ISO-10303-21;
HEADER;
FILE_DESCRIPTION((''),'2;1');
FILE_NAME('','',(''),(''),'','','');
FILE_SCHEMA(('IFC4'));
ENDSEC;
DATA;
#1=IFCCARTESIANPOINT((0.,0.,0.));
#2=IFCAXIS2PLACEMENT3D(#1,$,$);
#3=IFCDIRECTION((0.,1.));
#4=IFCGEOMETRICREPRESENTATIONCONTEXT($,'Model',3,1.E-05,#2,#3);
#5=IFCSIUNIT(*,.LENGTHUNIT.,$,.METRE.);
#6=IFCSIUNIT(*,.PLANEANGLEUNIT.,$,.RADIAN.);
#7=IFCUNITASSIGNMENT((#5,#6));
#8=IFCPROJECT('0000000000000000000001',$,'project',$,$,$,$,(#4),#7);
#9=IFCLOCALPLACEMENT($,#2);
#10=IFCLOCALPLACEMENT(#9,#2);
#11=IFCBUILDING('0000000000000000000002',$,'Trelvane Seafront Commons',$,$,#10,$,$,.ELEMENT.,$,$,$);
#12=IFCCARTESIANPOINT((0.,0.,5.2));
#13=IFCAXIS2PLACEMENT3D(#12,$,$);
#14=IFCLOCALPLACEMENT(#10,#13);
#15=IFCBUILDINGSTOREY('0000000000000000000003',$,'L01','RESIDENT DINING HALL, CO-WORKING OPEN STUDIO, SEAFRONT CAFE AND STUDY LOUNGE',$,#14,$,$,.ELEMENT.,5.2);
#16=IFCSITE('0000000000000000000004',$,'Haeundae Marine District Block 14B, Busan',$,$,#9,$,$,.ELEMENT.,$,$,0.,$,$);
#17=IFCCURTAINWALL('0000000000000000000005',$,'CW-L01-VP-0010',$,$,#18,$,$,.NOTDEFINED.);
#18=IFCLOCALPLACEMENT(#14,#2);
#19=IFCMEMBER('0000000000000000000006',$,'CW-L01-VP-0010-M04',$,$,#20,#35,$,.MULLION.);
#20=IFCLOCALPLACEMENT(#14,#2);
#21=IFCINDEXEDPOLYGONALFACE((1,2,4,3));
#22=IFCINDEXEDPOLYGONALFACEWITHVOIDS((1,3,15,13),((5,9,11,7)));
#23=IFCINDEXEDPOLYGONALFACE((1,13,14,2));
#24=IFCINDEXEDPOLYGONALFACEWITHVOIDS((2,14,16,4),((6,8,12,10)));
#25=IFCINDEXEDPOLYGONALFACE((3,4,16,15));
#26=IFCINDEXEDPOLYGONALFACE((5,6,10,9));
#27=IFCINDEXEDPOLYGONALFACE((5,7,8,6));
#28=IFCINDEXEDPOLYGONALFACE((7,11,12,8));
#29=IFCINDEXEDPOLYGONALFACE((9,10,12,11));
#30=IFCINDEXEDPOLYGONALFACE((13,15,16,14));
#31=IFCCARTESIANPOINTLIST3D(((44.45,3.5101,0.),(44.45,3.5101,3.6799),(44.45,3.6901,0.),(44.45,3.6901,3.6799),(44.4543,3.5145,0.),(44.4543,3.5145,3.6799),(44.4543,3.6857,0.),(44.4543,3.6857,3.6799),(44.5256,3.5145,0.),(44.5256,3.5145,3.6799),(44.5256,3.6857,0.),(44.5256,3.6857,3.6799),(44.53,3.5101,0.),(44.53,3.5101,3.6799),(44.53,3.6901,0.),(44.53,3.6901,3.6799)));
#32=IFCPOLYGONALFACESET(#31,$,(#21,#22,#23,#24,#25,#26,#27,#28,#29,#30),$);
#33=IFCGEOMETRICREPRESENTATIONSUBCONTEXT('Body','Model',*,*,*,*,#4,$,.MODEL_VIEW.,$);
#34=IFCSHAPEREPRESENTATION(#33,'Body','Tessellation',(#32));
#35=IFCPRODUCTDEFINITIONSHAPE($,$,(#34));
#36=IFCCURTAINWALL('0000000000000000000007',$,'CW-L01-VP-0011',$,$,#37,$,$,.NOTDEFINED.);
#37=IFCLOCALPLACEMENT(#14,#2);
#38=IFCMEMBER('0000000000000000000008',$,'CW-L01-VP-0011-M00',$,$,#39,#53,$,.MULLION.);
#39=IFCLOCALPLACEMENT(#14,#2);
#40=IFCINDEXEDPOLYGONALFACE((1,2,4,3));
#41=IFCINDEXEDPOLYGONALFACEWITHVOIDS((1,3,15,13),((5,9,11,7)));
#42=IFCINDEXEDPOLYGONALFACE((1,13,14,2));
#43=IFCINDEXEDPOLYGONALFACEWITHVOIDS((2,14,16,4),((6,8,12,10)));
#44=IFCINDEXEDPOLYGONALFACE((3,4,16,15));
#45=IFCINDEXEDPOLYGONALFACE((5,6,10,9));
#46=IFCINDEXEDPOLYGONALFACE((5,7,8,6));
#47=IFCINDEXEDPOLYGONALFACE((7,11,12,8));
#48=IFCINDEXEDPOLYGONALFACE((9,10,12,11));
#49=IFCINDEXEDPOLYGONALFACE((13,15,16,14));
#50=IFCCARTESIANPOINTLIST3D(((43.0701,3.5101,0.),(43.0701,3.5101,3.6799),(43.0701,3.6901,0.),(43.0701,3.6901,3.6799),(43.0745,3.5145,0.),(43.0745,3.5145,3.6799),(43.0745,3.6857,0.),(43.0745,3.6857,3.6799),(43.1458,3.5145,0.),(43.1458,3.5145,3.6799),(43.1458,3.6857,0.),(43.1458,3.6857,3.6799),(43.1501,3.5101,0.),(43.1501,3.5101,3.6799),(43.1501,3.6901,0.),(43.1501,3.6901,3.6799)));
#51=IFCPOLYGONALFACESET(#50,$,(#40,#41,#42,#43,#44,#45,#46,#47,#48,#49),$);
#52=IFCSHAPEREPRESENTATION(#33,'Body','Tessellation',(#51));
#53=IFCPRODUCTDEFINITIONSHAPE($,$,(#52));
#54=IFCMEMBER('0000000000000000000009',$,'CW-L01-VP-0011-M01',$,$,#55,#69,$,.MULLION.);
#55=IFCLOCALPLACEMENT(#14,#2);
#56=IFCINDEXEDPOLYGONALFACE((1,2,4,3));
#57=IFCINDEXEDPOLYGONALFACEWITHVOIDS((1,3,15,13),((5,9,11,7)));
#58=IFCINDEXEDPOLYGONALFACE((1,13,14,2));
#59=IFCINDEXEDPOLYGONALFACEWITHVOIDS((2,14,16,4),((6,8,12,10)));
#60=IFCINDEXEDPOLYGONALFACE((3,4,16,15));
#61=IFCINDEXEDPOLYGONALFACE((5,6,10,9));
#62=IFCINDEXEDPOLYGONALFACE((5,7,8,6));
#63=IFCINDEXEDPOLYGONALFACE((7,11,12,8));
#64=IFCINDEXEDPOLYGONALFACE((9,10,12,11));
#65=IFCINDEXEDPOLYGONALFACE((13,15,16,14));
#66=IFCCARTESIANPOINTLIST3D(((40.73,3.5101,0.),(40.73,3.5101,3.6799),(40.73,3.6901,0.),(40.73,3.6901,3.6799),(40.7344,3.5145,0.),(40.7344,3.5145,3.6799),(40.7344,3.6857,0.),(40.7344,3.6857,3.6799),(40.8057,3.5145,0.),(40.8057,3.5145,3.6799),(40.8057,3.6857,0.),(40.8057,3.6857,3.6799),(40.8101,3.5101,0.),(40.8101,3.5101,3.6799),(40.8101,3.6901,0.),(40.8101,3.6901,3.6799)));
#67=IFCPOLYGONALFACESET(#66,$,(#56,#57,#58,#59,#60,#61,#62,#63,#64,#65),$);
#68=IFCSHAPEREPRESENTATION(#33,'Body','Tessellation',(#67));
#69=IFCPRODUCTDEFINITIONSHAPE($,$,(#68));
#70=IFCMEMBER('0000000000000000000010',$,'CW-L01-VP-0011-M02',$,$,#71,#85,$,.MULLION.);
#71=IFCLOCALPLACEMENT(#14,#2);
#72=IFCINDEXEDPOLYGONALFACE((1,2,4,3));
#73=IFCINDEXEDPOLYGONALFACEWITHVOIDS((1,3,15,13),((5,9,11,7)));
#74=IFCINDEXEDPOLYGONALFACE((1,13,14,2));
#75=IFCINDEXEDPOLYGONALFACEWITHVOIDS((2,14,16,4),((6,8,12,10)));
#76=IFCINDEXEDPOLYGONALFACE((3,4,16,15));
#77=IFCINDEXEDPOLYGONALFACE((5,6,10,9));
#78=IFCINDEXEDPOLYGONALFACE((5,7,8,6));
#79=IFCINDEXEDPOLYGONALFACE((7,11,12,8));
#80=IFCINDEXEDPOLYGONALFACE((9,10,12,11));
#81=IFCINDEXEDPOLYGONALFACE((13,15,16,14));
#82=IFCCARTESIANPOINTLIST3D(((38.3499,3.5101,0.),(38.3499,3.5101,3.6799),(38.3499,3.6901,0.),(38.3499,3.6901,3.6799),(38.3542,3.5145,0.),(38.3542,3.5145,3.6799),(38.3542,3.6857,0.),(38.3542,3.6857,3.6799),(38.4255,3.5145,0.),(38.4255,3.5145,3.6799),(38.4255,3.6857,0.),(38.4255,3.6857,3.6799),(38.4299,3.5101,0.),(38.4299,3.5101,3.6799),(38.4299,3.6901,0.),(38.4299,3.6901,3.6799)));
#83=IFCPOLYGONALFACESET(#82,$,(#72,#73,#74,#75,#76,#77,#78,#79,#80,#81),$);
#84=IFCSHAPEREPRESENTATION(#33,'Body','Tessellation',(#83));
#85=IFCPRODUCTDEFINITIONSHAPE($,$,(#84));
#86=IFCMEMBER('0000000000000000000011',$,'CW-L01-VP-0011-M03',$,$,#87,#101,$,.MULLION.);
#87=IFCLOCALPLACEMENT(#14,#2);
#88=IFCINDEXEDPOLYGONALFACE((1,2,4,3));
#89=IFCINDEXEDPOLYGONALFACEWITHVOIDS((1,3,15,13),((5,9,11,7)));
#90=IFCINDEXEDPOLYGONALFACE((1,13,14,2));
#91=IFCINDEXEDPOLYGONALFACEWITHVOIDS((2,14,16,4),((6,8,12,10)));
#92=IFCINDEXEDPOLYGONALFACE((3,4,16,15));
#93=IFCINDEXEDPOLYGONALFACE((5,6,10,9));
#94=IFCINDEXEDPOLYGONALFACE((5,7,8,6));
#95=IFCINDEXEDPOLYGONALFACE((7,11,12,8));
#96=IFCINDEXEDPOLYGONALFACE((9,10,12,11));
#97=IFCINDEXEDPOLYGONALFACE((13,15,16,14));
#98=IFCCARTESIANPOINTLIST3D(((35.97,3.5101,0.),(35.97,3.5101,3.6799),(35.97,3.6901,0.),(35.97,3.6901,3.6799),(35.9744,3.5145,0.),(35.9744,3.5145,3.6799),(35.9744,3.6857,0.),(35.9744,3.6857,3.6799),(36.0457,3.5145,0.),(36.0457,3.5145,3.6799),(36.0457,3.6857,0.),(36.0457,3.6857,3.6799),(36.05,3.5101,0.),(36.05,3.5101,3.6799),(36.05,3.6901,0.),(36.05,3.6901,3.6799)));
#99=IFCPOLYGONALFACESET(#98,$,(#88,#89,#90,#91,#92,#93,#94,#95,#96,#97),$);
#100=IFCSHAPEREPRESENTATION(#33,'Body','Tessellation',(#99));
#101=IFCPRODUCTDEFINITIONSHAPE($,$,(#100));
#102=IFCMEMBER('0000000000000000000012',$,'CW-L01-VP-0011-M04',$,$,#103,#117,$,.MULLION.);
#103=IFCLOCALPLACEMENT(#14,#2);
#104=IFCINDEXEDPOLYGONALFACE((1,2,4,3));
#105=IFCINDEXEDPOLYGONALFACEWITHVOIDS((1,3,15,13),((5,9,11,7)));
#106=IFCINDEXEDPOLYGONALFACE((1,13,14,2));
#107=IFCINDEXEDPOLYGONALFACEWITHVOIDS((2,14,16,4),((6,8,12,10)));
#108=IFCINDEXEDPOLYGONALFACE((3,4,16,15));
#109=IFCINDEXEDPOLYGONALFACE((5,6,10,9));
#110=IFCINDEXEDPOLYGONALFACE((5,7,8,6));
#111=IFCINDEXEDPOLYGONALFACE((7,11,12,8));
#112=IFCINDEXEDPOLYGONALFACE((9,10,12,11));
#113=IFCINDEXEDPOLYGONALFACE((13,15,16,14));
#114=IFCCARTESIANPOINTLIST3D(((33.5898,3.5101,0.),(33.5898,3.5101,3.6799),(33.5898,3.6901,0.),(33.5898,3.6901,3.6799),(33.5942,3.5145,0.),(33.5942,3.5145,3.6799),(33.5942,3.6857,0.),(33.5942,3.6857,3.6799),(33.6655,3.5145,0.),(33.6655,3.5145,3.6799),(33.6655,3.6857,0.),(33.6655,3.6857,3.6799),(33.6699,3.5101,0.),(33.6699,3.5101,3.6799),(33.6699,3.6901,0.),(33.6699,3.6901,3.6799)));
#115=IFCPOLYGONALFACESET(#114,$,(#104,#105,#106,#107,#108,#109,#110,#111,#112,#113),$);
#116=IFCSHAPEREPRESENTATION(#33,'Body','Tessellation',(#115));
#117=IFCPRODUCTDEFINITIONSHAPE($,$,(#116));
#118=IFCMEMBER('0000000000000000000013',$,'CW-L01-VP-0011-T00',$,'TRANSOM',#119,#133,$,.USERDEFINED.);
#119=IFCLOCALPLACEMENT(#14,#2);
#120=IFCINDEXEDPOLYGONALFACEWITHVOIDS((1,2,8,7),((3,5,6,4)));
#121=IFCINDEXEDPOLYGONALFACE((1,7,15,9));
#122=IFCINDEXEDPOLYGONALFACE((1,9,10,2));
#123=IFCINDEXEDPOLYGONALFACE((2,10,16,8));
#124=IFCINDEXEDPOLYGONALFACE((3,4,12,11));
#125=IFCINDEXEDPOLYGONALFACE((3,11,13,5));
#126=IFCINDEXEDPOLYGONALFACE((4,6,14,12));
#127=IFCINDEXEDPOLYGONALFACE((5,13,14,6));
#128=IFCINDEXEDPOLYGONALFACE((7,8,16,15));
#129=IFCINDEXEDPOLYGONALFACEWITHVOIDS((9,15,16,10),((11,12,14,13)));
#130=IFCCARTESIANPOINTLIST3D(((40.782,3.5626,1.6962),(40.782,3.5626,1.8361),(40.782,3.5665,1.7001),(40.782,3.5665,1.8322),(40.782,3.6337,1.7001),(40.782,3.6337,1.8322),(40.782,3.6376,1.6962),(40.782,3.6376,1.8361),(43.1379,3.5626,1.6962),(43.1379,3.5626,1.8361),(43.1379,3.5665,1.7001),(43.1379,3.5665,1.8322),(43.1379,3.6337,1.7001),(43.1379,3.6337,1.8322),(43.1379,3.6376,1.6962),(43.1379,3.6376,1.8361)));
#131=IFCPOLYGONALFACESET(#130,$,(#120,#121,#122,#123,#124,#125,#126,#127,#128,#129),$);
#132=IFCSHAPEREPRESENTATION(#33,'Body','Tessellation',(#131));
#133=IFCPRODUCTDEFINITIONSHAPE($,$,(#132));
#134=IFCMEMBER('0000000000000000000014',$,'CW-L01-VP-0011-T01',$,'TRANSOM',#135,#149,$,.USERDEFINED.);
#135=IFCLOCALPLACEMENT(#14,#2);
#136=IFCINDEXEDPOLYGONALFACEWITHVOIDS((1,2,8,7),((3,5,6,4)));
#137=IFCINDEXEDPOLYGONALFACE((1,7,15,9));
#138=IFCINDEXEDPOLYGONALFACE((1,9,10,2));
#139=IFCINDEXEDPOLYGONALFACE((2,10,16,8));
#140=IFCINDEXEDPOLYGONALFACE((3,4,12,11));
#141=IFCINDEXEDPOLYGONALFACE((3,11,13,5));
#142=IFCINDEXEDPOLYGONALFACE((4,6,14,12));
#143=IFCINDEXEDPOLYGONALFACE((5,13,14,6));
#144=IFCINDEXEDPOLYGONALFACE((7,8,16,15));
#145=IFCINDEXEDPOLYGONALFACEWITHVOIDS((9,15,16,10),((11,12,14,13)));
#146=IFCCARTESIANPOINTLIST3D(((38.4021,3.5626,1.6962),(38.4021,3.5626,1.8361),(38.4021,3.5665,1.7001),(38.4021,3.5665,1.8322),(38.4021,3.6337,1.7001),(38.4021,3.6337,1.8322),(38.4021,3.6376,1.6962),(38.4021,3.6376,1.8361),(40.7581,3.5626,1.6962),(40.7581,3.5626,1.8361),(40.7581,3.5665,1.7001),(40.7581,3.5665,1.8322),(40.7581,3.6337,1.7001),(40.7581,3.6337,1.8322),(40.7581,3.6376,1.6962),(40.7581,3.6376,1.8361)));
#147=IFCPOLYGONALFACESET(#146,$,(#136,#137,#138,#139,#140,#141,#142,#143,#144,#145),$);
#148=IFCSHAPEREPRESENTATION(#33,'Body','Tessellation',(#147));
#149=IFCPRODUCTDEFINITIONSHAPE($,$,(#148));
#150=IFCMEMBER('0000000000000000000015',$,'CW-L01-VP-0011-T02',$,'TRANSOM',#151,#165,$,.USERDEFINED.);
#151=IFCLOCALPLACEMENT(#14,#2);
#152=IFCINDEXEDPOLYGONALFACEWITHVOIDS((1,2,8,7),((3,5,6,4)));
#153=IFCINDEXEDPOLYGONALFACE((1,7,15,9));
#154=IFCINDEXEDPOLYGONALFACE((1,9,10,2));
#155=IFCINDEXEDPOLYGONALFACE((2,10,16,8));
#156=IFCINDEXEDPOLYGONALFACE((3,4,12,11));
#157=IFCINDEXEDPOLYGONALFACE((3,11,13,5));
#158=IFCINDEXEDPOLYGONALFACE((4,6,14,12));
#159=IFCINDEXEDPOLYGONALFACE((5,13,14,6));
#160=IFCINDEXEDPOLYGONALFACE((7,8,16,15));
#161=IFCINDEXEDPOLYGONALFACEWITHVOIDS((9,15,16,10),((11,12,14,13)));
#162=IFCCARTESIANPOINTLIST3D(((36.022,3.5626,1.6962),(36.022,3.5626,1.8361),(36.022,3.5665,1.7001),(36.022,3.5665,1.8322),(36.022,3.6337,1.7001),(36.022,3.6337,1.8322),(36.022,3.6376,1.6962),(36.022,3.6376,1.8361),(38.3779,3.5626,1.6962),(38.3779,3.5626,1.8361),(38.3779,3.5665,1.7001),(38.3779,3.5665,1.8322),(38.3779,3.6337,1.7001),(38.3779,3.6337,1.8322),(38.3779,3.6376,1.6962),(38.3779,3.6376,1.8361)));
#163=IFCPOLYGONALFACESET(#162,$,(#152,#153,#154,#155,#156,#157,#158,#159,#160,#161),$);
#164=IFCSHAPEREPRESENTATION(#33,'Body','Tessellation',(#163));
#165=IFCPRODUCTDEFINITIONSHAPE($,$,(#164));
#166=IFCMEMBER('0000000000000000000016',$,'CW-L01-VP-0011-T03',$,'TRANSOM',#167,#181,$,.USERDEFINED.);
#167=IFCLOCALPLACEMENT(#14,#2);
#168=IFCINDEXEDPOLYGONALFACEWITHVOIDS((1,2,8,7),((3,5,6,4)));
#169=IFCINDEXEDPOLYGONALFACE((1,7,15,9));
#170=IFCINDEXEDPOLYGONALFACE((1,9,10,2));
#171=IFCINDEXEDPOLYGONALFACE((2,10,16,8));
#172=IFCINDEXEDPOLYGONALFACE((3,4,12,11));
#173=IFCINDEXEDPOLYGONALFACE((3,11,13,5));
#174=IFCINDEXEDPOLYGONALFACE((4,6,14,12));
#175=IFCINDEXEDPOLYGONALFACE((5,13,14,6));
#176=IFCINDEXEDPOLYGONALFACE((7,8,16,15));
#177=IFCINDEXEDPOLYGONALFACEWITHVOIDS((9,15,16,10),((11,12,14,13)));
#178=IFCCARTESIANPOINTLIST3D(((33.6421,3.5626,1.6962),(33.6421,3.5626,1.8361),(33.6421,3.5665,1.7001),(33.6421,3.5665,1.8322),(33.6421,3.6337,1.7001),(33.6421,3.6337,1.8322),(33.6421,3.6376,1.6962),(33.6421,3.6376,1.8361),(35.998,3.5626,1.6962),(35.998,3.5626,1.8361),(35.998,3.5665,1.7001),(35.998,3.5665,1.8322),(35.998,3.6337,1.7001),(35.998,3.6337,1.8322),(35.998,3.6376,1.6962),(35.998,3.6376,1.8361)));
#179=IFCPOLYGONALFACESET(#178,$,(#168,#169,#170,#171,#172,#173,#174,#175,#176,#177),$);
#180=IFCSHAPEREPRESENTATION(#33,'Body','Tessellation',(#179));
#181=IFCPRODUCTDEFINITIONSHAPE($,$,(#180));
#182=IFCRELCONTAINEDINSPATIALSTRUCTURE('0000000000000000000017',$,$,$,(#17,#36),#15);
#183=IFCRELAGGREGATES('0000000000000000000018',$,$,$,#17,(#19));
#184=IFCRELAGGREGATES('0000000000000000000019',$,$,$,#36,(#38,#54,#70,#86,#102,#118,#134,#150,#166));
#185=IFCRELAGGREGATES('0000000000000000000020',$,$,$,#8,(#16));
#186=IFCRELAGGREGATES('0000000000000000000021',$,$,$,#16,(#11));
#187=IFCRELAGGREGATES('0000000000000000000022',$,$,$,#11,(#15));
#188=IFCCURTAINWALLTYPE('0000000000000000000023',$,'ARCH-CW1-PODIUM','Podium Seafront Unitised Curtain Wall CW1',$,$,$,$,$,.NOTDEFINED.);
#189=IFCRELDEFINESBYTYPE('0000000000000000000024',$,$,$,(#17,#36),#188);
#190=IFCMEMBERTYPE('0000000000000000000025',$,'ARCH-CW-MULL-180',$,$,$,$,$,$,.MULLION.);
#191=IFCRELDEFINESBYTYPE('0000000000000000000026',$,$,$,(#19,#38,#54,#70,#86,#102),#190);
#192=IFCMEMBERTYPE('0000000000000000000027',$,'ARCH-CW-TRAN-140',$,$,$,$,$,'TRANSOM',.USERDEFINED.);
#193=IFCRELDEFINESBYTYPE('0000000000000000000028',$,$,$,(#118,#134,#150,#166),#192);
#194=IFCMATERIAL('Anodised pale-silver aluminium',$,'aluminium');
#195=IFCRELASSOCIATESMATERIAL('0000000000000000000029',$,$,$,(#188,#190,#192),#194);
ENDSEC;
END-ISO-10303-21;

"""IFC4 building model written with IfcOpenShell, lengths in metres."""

from ifc_helpers import new_model, si_unit, direction, frame, origin, origin_2d, place, context, subcontext, project, spatial, hollow_rectangle, extrude, source, transform, mapped, material, material_profile, profile_set, type_object, element, aggregate, save


model = new_model("IFC4")

# Units and contexts
model_context = context("Model", 3, precision=1e-05, world=origin(), true_north=direction((0.0, 1.0)))
body_context = subcontext(model_context, "Body", "Model", "MODEL_VIEW")
ifc_project = project(units=[si_unit("LENGTHUNIT", "METRE"), si_unit("PLANEANGLEUNIT", "RADIAN")], contexts=[model_context])

# Site, building, storey
site_placement = place(None, origin())
site = spatial("IfcSite", under=ifc_project, at=site_placement, Name="Haeundae Marine District Block 14B, Busan", CompositionType="ELEMENT", RefElevation=0.0)
building_placement = place(site_placement, origin())
building = spatial("IfcBuilding", under=site, at=building_placement, Name="Trelvane Seafront Commons", CompositionType="ELEMENT")
storey_placement = place(building_placement, frame((0.0, 0.0, 5.2)))
storey = spatial("IfcBuildingStorey", under=building, at=storey_placement, Name="L01", Description="RESIDENT DINING HALL, CO-WORKING OPEN STUDIO, SEAFRONT CAFE AND STUDY LOUNGE", CompositionType="ELEMENT", Elevation=5.2)

# Curtain wall, member
ifc_material_1 = material(Name="Anodised pale-silver aluminium", Category="aluminium")
curtain_wall_type = type_object("IfcCurtainWallType", Name="ARCH-CW1-PODIUM", Description="Podium Seafront Unitised Curtain Wall CW1", PredefinedType="NOTDEFINED", material=ifc_material_1)
curtain_wall_1_placement = place(storey_placement, origin())
curtain_wall_1 = element("IfcCurtainWall", 1, at=curtain_wall_1_placement, inside=storey, type_object=curtain_wall_type, Name="CW-L01-VP-0010", PredefinedType="NOTDEFINED")
ifc_material_profile_1 = material_profile(ifc_material_1, hollow_rectangle(XDim=0.0801, YDim=0.1799, WallThickness=0.0044, at=origin_2d()), Name="MULL-80x180x4.5")
ifc_profile_set_1 = profile_set([ifc_material_profile_1], Name="Anodised pale-silver aluminium")
member_type_1 = type_object("IfcMemberType", Name="ARCH-CW-MULL-180", PredefinedType="MULLION", material=ifc_profile_set_1)
shared_shape_1 = source(origin(), body_context, "Body", "SweptSolid", [
    extrude(hollow_rectangle(XDim=0.0801, YDim=0.1799, WallThickness=0.0044, at=origin_2d()), origin(), (0.0, 0.0, 1.0), 3.6799),
])
member_1_placement = place(storey_placement, frame((44.49, 3.6001, 0.0), z_axis=(0.0, 0.0, 1.0), x_axis=(1.0, 0.0, 0.0)))
member_1 = element("IfcMember", 2, at=member_1_placement, type_object=member_type_1, Name="CW-L01-VP-0010-M04", PredefinedType="MULLION", context=body_context, shape_type="MappedRepresentation", body=[
    mapped(shared_shape_1, transform((0.0, 0.0, 0.0), x_axis=(1.0, 0.0, 0.0), y_axis=(0.0, 1.0, 0.0), z_axis=(0.0, 0.0, 1.0), scale=1.0)),
])

# Curtain wall, members
curtain_wall_2_placement = place(storey_placement, origin())
curtain_wall_2 = element("IfcCurtainWall", 3, at=curtain_wall_2_placement, inside=storey, type_object=curtain_wall_type, Name="CW-L01-VP-0011", PredefinedType="NOTDEFINED")
member_2_placement = place(storey_placement, frame((43.1101, 3.6001, 0.0), z_axis=(0.0, 0.0, 1.0), x_axis=(1.0, 0.0, 0.0)))
member_2 = element("IfcMember", 4, at=member_2_placement, type_object=member_type_1, Name="CW-L01-VP-0011-M00", PredefinedType="MULLION", context=body_context, shape_type="MappedRepresentation", body=[
    mapped(shared_shape_1, transform((0.0, 0.0, 0.0), x_axis=(1.0, 0.0, 0.0), y_axis=(0.0, 1.0, 0.0), z_axis=(0.0, 0.0, 1.0), scale=1.0)),
])
member_3_placement = place(storey_placement, frame((40.77, 3.6001, 0.0), z_axis=(0.0, 0.0, 1.0), x_axis=(1.0, 0.0, 0.0)))
member_3 = element("IfcMember", 5, at=member_3_placement, type_object=member_type_1, Name="CW-L01-VP-0011-M01", PredefinedType="MULLION", context=body_context, shape_type="MappedRepresentation", body=[
    mapped(shared_shape_1, transform((0.0, 0.0, 0.0), x_axis=(1.0, 0.0, 0.0), y_axis=(0.0, 1.0, 0.0), z_axis=(0.0, 0.0, 1.0), scale=1.0)),
])
member_4_placement = place(storey_placement, frame((38.3899, 3.6001, 0.0), z_axis=(0.0, 0.0, 1.0), x_axis=(1.0, 0.0, 0.0)))
member_4 = element("IfcMember", 6, at=member_4_placement, type_object=member_type_1, Name="CW-L01-VP-0011-M02", PredefinedType="MULLION", context=body_context, shape_type="MappedRepresentation", body=[
    mapped(shared_shape_1, transform((0.0, 0.0, 0.0), x_axis=(1.0, 0.0, 0.0), y_axis=(0.0, 1.0, 0.0), z_axis=(0.0, 0.0, 1.0), scale=1.0)),
])
member_5_placement = place(storey_placement, frame((36.01, 3.6001, 0.0), z_axis=(0.0, 0.0, 1.0), x_axis=(1.0, 0.0, 0.0)))
member_5 = element("IfcMember", 7, at=member_5_placement, type_object=member_type_1, Name="CW-L01-VP-0011-M03", PredefinedType="MULLION", context=body_context, shape_type="MappedRepresentation", body=[
    mapped(shared_shape_1, transform((0.0, 0.0, 0.0), x_axis=(1.0, 0.0, 0.0), y_axis=(0.0, 1.0, 0.0), z_axis=(0.0, 0.0, 1.0), scale=1.0)),
])
member_6_placement = place(storey_placement, frame((33.6299, 3.6001, 0.0), z_axis=(0.0, 0.0, 1.0), x_axis=(1.0, 0.0, 0.0)))
member_6 = element("IfcMember", 8, at=member_6_placement, type_object=member_type_1, Name="CW-L01-VP-0011-M04", PredefinedType="MULLION", context=body_context, shape_type="MappedRepresentation", body=[
    mapped(shared_shape_1, transform((0.0, 0.0, 0.0), x_axis=(1.0, 0.0, 0.0), y_axis=(0.0, 1.0, 0.0), z_axis=(0.0, 0.0, 1.0), scale=1.0)),
])
ifc_material_profile_2 = material_profile(ifc_material_1, hollow_rectangle(XDim=0.075, YDim=0.1399, WallThickness=0.0039, at=origin_2d()), Name="TRAN-75x140x4")
ifc_profile_set_2 = profile_set([ifc_material_profile_2], Name="Anodised pale-silver aluminium")
member_type_2 = type_object("IfcMemberType", Name="ARCH-CW-TRAN-140", ElementType="TRANSOM", PredefinedType="USERDEFINED", material=ifc_profile_set_2)
shared_shape_2 = source(origin(), body_context, "Body", "SweptSolid", [
    extrude(hollow_rectangle(XDim=0.075, YDim=0.1399, WallThickness=0.0039, at=origin_2d()), origin(), (0.0, 0.0, 1.0), 2.356),
])
member_7_placement = place(storey_placement, frame((43.1379, 3.6001, 1.7661), z_axis=(-1.0, 0.0, 0.0), x_axis=(0.0, -1.0, 0.0)))
member_7 = element("IfcMember", 9, at=member_7_placement, type_object=member_type_2, Name="CW-L01-VP-0011-T00", ObjectType="TRANSOM", PredefinedType="USERDEFINED", context=body_context, shape_type="MappedRepresentation", body=[
    mapped(shared_shape_2, transform((0.0, 0.0, 0.0), x_axis=(1.0, 0.0, 0.0), y_axis=(0.0, 1.0, 0.0), z_axis=(0.0, 0.0, 1.0), scale=1.0)),
])
member_8_placement = place(storey_placement, frame((40.7581, 3.6001, 1.7661), z_axis=(-1.0, 0.0, 0.0), x_axis=(0.0, -1.0, 0.0)))
member_8 = element("IfcMember", 10, at=member_8_placement, type_object=member_type_2, Name="CW-L01-VP-0011-T01", ObjectType="TRANSOM", PredefinedType="USERDEFINED", context=body_context, shape_type="MappedRepresentation", body=[
    mapped(shared_shape_2, transform((0.0, 0.0, 0.0), x_axis=(1.0, 0.0, 0.0), y_axis=(0.0, 1.0, 0.0), z_axis=(0.0, 0.0, 1.0), scale=1.0)),
])
member_9_placement = place(storey_placement, frame((38.3779, 3.6001, 1.7661), z_axis=(-1.0, 0.0, 0.0), x_axis=(0.0, -1.0, 0.0)))
member_9 = element("IfcMember", 11, at=member_9_placement, type_object=member_type_2, Name="CW-L01-VP-0011-T02", ObjectType="TRANSOM", PredefinedType="USERDEFINED", context=body_context, shape_type="MappedRepresentation", body=[
    mapped(shared_shape_2, transform((0.0, 0.0, 0.0), x_axis=(1.0, 0.0, 0.0), y_axis=(0.0, 1.0, 0.0), z_axis=(0.0, 0.0, 1.0), scale=1.0)),
])
member_10_placement = place(storey_placement, frame((35.998, 3.6001, 1.7661), z_axis=(-1.0, 0.0, 0.0), x_axis=(0.0, -1.0, 0.0)))
member_10 = element("IfcMember", 12, at=member_10_placement, type_object=member_type_2, Name="CW-L01-VP-0011-T03", ObjectType="TRANSOM", PredefinedType="USERDEFINED", context=body_context, shape_type="MappedRepresentation", body=[
    mapped(shared_shape_2, transform((0.0, 0.0, 0.0), x_axis=(1.0, 0.0, 0.0), y_axis=(0.0, 1.0, 0.0), z_axis=(0.0, 0.0, 1.0), scale=1.0)),
])

aggregate(curtain_wall_1, [member_1])
aggregate(curtain_wall_2, [member_2, member_3, member_4, member_5, member_6, member_7, member_8, member_9, member_10])

save(model, "model.ifc")
